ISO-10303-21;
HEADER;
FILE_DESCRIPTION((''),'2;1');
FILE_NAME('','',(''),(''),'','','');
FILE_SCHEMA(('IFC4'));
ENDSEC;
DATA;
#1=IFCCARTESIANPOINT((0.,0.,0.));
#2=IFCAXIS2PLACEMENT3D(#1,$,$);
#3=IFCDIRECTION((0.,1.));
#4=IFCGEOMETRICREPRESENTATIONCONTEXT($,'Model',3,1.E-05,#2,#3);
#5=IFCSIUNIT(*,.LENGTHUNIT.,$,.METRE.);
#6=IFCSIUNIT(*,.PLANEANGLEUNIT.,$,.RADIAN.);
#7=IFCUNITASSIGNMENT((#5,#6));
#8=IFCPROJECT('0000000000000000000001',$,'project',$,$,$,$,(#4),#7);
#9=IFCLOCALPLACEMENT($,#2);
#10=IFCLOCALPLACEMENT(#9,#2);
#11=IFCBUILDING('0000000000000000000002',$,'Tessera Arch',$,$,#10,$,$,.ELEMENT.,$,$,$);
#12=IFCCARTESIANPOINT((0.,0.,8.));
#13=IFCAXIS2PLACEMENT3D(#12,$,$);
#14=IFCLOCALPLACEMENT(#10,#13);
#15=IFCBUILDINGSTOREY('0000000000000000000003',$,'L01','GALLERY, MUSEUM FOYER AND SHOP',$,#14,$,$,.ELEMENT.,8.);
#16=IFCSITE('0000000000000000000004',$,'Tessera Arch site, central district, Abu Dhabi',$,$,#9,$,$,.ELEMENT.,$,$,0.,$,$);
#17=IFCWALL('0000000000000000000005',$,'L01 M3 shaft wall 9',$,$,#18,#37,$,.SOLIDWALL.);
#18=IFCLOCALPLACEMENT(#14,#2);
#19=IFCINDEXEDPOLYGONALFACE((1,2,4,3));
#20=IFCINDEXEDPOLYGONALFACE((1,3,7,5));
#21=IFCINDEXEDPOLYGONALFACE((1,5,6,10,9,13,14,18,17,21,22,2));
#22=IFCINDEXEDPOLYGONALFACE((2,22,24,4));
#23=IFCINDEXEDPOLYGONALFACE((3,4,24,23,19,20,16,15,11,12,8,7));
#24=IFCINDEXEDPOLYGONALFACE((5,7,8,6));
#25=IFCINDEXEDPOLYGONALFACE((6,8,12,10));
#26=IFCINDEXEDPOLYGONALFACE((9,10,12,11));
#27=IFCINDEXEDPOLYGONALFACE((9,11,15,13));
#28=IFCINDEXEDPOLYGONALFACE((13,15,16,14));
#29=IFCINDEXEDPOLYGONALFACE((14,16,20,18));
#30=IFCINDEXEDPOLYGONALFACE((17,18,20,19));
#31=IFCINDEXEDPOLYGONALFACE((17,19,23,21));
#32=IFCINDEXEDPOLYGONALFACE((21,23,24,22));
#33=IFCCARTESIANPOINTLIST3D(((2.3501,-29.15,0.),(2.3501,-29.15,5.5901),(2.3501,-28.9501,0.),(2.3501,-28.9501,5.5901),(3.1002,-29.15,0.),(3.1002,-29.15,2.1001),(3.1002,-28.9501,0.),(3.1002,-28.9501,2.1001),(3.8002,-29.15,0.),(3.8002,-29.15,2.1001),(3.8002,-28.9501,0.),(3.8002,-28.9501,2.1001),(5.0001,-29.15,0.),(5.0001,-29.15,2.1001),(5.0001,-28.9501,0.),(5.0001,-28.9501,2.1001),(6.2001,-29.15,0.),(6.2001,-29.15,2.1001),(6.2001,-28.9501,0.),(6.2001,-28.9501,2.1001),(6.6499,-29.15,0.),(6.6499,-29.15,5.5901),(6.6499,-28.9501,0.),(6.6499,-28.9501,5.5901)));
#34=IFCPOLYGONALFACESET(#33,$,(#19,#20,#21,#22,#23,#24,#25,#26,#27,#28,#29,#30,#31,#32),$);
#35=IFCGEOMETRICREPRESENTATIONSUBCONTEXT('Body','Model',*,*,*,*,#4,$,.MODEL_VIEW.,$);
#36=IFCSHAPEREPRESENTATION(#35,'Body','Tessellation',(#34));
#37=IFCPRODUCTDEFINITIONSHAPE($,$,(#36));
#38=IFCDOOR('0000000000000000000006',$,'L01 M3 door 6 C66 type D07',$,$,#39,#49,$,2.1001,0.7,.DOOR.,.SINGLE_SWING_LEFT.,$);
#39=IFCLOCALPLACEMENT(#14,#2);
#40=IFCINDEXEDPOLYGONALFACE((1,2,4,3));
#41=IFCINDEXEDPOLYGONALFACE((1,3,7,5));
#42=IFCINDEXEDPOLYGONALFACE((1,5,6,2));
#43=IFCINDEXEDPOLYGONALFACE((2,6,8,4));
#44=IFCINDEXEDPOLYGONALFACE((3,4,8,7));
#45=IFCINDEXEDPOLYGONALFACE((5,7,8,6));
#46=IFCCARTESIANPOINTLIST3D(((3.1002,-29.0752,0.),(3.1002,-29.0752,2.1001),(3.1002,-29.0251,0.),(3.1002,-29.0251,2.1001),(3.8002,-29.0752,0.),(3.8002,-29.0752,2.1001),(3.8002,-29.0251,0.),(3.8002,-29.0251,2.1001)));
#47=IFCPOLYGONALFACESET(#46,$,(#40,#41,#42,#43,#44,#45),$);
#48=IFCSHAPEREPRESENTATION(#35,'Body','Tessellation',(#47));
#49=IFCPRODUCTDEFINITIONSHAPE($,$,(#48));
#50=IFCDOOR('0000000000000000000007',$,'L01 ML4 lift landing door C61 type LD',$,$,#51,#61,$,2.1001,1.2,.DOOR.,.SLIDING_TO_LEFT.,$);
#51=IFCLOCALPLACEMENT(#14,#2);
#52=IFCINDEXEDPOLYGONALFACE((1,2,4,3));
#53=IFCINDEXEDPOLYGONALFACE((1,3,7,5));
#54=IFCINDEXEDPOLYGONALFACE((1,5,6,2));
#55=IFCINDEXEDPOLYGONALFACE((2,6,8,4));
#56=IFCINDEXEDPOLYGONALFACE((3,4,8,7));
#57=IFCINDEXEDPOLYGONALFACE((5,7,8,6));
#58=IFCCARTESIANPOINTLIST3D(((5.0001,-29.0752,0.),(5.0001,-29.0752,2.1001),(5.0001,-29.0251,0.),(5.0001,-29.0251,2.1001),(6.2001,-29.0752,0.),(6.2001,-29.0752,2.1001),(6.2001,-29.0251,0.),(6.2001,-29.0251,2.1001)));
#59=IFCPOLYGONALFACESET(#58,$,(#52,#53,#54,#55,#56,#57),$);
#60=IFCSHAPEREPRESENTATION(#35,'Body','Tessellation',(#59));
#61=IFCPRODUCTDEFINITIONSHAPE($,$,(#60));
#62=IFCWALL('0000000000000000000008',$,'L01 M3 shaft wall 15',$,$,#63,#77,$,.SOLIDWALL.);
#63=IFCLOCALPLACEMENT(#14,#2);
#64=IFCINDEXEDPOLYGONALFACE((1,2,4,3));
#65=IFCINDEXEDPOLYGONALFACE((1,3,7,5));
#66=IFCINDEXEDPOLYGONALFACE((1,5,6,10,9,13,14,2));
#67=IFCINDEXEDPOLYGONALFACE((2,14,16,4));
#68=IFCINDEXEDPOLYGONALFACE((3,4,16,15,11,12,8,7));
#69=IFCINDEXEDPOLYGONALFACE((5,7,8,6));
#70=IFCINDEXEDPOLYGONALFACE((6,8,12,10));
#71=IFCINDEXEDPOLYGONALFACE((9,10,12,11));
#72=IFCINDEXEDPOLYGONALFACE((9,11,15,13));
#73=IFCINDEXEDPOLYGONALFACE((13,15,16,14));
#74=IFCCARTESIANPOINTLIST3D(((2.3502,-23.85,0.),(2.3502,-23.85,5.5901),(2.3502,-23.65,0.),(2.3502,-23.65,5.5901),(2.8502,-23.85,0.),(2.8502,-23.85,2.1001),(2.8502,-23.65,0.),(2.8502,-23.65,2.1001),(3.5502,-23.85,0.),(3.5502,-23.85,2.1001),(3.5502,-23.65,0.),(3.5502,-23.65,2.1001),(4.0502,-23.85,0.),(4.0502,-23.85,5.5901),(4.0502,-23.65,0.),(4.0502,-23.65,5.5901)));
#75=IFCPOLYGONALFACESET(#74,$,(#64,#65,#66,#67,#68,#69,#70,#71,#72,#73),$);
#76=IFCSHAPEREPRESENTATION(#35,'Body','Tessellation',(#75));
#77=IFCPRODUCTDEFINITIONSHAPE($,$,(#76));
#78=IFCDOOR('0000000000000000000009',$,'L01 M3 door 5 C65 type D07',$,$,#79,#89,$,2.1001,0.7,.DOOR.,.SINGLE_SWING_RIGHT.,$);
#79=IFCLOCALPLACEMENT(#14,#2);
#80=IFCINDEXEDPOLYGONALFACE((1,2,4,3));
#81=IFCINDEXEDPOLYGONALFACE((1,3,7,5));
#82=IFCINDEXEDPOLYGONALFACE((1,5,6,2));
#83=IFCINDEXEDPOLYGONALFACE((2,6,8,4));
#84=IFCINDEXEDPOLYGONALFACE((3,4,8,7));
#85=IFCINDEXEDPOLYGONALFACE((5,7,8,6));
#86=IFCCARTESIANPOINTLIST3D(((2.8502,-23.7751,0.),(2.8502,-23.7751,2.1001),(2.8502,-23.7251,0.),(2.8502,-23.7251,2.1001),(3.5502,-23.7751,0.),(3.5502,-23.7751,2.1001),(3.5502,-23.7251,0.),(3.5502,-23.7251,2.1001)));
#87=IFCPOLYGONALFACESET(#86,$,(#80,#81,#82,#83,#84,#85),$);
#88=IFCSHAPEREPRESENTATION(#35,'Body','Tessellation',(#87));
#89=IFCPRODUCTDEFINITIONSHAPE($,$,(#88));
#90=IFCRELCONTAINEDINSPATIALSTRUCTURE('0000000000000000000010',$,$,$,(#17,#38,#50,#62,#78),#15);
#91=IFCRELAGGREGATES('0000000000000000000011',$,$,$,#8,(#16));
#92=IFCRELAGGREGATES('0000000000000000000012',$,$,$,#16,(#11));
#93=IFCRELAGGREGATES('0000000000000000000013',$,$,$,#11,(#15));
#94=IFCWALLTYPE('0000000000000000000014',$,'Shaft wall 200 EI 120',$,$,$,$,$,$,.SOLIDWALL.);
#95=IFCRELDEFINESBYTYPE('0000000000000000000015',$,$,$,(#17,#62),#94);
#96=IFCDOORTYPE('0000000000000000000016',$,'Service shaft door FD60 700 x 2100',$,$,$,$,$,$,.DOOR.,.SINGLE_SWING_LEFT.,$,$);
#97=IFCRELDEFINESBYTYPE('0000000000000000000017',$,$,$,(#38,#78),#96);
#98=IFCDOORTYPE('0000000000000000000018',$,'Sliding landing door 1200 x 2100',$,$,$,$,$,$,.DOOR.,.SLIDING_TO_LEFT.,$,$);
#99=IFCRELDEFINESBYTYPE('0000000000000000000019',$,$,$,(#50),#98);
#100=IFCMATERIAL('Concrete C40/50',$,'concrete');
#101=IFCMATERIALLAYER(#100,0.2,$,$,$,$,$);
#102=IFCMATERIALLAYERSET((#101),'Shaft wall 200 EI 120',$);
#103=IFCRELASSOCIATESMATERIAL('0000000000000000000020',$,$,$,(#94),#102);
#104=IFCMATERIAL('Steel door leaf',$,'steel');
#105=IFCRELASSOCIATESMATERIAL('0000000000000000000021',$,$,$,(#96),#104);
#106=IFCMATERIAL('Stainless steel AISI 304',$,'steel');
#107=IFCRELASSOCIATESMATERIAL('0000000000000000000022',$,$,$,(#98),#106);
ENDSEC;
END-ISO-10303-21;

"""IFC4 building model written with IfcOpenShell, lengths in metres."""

from ifc_helpers import new_model, si_unit, direction, frame, frame_2d, origin, place, context, subcontext, project, spatial, rectangle, extrude, material, layer, layer_set, type_object, element, fill, save


model = new_model("IFC4")

# Units and contexts
model_context = context("Model", 3, precision=1e-05, world=origin(), true_north=direction((0.0, 1.0)))
body_context = subcontext(model_context, "Body", "Model", "MODEL_VIEW")
ifc_project = project(units=[si_unit("LENGTHUNIT", "METRE"), si_unit("PLANEANGLEUNIT", "RADIAN")], contexts=[model_context])

# Site, building, storey
site_placement = place(None, origin())
site = spatial("IfcSite", under=ifc_project, at=site_placement, Name="Tessera Arch site, central district, Abu Dhabi", CompositionType="ELEMENT", RefElevation=0.0)
building_placement = place(site_placement, origin())
building = spatial("IfcBuilding", under=site, at=building_placement, Name="Tessera Arch", CompositionType="ELEMENT")
storey_placement = place(building_placement, frame((0.0, 0.0, 8.0)))
storey = spatial("IfcBuildingStorey", under=building, at=storey_placement, Name="L01", Description="GALLERY, MUSEUM FOYER AND SHOP", CompositionType="ELEMENT", Elevation=8.0)

# Shared definitions
ifc_material_1 = material(Name="Concrete C40/50", Category="concrete")
ifc_layer_1 = layer(ifc_material_1, 0.2)
ifc_layer_set_1 = layer_set([ifc_layer_1], Name="Shaft wall 200 EI 120")
wall_type_1 = type_object("IfcWallType", Name="Shaft wall 200 EI 120", PredefinedType="SOLIDWALL", material=ifc_layer_set_1)

# Shared definitions
ifc_material_2 = material(Name="Steel door leaf", Category="steel")
door_type_1 = type_object("IfcDoorType", Name="Service shaft door FD60 700 x 2100", OperationType="SINGLE_SWING_LEFT", PredefinedType="DOOR", material=ifc_material_2)

# Wall, openings, doors
wall_1_placement = place(storey_placement, frame((2.3501, -29.05, 0.0), z_axis=(0.0, 0.0, 1.0), x_axis=(1.0, 0.0, 0.0)))
wall_1 = element("IfcWall", 1, at=wall_1_placement, inside=storey, type_object=wall_type_1, Name="L01 M3 shaft wall 9", PredefinedType="SOLIDWALL", context=body_context, shape_type="SweptSolid", body=[
    extrude(rectangle(XDim=4.2998, YDim=0.2, at=frame_2d((2.1499, 0.0))), origin(), (0.0, 0.0, 1.0), 5.5901),
])
opening_1_placement = place(wall_1_placement, frame((2.6499, 0.0, 0.0)))
opening_1 = element("IfcOpeningElement", 2, at=opening_1_placement, cuts=wall_1, PredefinedType="OPENING", context=body_context, shape_type="SweptSolid", body=[
    extrude(rectangle(XDim=1.2, YDim=2.1001, at=frame_2d((0.6001, 1.05))), frame((0.0, 0.1099, 0.0), z_axis=(0.0, -1.0, 0.0), x_axis=(1.0, 0.0, 0.0)), (0.0, 0.0, 1.0), 0.22),
])
opening_2_placement = place(wall_1_placement, frame((0.75, 0.0, 0.0)))
opening_2 = element("IfcOpeningElement", 3, at=opening_2_placement, cuts=wall_1, PredefinedType="OPENING", context=body_context, shape_type="SweptSolid", body=[
    extrude(rectangle(XDim=0.7, YDim=2.1001, at=frame_2d((0.3501, 1.05))), frame((0.0, 0.1099, 0.0), z_axis=(0.0, -1.0, 0.0), x_axis=(1.0, 0.0, 0.0)), (0.0, 0.0, 1.0), 0.22),
])
door_1_placement = place(opening_2_placement, origin())
door_1 = element("IfcDoor", 4, at=door_1_placement, inside=storey, type_object=door_type_1, Name="L01 M3 door 6 C66 type D07", OperationType="SINGLE_SWING_LEFT", OverallHeight=2.1001, OverallWidth=0.7, PredefinedType="DOOR", context=body_context, shape_type="SweptSolid", body=[
    extrude(rectangle(XDim=0.7, YDim=2.1001, at=frame_2d((0.3501, 1.05))), frame((0.0, 0.0249, 0.0), z_axis=(0.0, -1.0, 0.0), x_axis=(1.0, 0.0, 0.0)), (0.0, 0.0, 1.0), 0.05),
])
fill(opening_2, door_1)
ifc_material_3 = material(Name="Stainless steel AISI 304", Category="steel")
door_type_2 = type_object("IfcDoorType", Name="Sliding landing door 1200 x 2100", OperationType="SLIDING_TO_LEFT", PredefinedType="DOOR", material=ifc_material_3)
door_2_placement = place(opening_1_placement, origin())
door_2 = element("IfcDoor", 5, at=door_2_placement, inside=storey, type_object=door_type_2, Name="L01 ML4 lift landing door C61 type LD", OperationType="SLIDING_TO_LEFT", OverallHeight=2.1001, OverallWidth=1.2, PredefinedType="DOOR", context=body_context, shape_type="SweptSolid", body=[
    extrude(rectangle(XDim=1.2, YDim=2.1001, at=frame_2d((0.6001, 1.05))), frame((0.0, 0.0249, 0.0), z_axis=(0.0, -1.0, 0.0), x_axis=(1.0, 0.0, 0.0)), (0.0, 0.0, 1.0), 0.05),
])
fill(opening_1, door_2)

# Wall, opening, door
wall_2_placement = place(storey_placement, frame((2.3501, -23.75, 0.0), z_axis=(0.0, 0.0, 1.0), x_axis=(1.0, 0.0, 0.0)))
wall_2 = element("IfcWall", 6, at=wall_2_placement, inside=storey, type_object=wall_type_1, Name="L01 M3 shaft wall 15", PredefinedType="SOLIDWALL", context=body_context, shape_type="SweptSolid", body=[
    extrude(rectangle(XDim=1.7, YDim=0.2, at=frame_2d((0.8501, 0.0))), origin(), (0.0, 0.0, 1.0), 5.5901),
])
opening_3_placement = place(wall_2_placement, frame((0.5, 0.0, 0.0)))
opening_3 = element("IfcOpeningElement", 7, at=opening_3_placement, cuts=wall_2, PredefinedType="OPENING", context=body_context, shape_type="SweptSolid", body=[
    extrude(rectangle(XDim=0.7, YDim=2.1001, at=frame_2d((0.3501, 1.05))), frame((0.0, 0.1099, 0.0), z_axis=(0.0, -1.0, 0.0), x_axis=(1.0, 0.0, 0.0)), (0.0, 0.0, 1.0), 0.22),
])
door_3_placement = place(opening_3_placement, origin())
door_3 = element("IfcDoor", 8, at=door_3_placement, inside=storey, type_object=door_type_1, Name="L01 M3 door 5 C65 type D07", OperationType="SINGLE_SWING_RIGHT", OverallHeight=2.1001, OverallWidth=0.7, PredefinedType="DOOR", context=body_context, shape_type="SweptSolid", body=[
    extrude(rectangle(XDim=0.7, YDim=2.1001, at=frame_2d((0.3501, 1.05))), frame((0.0, 0.0249, 0.0), z_axis=(0.0, -1.0, 0.0), x_axis=(1.0, 0.0, 0.0)), (0.0, 0.0, 1.0), 0.05),
])
fill(opening_3, door_3)

save(model, "model.ifc")
